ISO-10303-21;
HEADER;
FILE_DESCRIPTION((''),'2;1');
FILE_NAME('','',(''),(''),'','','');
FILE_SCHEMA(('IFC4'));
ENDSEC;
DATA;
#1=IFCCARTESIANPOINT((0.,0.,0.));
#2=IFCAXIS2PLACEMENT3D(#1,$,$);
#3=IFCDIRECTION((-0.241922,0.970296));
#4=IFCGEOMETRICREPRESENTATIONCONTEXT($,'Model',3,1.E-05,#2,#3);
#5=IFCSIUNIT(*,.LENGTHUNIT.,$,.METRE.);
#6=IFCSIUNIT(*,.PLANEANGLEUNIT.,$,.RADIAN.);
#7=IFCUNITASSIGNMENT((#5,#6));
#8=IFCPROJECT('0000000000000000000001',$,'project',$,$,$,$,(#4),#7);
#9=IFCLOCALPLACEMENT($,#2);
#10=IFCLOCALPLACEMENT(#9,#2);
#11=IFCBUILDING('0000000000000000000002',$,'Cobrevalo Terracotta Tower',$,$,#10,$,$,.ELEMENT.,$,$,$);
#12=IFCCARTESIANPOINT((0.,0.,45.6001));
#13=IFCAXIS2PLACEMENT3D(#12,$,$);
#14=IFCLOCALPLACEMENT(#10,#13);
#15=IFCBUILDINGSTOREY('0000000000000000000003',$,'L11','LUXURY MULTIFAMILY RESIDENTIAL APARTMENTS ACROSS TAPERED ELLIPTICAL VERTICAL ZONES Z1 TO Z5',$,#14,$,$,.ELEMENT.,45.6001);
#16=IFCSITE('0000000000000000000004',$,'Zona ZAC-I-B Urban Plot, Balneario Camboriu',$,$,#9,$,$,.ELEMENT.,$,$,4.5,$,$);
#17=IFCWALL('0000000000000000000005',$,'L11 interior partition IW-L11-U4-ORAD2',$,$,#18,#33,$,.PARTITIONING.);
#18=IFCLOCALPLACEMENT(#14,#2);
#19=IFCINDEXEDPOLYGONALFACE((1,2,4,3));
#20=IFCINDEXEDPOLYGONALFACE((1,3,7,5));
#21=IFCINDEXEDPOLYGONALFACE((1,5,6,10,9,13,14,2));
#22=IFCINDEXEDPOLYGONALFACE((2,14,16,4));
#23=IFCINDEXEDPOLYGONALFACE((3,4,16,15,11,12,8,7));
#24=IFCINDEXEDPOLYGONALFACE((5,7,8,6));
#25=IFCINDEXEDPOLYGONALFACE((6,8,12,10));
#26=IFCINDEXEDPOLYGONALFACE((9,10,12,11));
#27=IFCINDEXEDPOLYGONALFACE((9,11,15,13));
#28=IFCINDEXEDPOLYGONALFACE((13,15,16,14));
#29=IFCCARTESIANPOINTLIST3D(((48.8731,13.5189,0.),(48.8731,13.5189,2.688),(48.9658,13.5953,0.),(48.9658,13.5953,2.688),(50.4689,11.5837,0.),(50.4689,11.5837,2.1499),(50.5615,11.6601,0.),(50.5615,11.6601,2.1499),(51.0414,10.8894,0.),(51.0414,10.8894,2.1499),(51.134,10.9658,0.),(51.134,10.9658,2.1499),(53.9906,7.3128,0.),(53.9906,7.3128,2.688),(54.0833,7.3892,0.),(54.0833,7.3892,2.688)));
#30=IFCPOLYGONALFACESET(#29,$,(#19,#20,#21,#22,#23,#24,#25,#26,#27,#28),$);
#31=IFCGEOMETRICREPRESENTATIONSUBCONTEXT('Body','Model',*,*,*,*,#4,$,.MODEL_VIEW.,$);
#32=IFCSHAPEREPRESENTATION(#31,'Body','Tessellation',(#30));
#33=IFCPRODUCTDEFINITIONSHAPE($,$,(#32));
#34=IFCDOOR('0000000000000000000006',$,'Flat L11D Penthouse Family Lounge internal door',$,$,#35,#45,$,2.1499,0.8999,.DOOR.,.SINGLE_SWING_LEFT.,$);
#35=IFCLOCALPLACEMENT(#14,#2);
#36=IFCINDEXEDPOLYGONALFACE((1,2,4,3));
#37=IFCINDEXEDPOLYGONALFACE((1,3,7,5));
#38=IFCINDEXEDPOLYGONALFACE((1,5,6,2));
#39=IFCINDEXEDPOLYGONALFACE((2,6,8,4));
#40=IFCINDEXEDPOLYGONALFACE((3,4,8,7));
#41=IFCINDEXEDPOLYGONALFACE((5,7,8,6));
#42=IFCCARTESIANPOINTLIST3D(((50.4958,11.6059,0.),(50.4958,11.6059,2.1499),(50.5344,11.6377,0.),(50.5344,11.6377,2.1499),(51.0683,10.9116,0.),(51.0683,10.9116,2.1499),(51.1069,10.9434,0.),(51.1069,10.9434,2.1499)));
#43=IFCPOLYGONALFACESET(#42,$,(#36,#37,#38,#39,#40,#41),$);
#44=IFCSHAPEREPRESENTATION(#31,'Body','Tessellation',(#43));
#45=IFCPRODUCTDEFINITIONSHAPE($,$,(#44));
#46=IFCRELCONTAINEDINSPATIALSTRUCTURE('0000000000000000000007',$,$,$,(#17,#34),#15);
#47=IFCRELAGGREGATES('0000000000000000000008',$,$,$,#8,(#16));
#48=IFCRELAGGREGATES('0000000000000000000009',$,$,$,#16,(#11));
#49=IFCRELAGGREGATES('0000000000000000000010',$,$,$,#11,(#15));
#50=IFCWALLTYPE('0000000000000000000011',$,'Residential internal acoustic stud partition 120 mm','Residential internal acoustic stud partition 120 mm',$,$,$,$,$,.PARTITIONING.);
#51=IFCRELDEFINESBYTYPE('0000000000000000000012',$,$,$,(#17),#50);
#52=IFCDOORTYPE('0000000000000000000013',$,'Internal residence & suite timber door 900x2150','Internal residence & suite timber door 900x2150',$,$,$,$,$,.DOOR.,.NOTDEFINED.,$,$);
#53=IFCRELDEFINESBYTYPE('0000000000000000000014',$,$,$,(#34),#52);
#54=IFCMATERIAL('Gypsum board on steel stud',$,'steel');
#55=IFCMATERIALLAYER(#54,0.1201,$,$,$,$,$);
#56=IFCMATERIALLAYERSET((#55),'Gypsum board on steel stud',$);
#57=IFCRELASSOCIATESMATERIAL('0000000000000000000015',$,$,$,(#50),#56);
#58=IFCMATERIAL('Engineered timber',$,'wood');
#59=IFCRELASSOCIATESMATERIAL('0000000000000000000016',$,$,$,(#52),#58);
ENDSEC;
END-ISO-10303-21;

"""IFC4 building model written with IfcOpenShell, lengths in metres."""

from ifc_helpers import new_model, si_unit, direction, frame, frame_2d, origin, place, context, subcontext, project, spatial, rectangle, extrude, source, transform, mapped, material, layer, layer_set, type_object, element, fill, save


model = new_model("IFC4")

# Units and contexts
model_context = context("Model", 3, precision=1e-05, world=origin(), true_north=direction((-0.241922, 0.970296)))
body_context = subcontext(model_context, "Body", "Model", "MODEL_VIEW")
ifc_project = project(units=[si_unit("LENGTHUNIT", "METRE"), si_unit("PLANEANGLEUNIT", "RADIAN")], contexts=[model_context])

# Site, building, storey
site_placement = place(None, origin())
site = spatial("IfcSite", under=ifc_project, at=site_placement, Name="Zona ZAC-I-B Urban Plot, Balneario Camboriu", CompositionType="ELEMENT", RefElevation=4.5)
building_placement = place(site_placement, origin())
building = spatial("IfcBuilding", under=site, at=building_placement, Name="Cobrevalo Terracotta Tower", CompositionType="ELEMENT")
storey_placement = place(building_placement, frame((0.0, 0.0, 45.6001)))
storey = spatial("IfcBuildingStorey", under=building, at=storey_placement, Name="L11", Description="LUXURY MULTIFAMILY RESIDENTIAL APARTMENTS ACROSS TAPERED ELLIPTICAL VERTICAL ZONES Z1 TO Z5", CompositionType="ELEMENT", Elevation=45.6001)

# Shared definitions
ifc_material_1 = material(Name="Gypsum board on steel stud", Category="steel")
ifc_layer_1 = layer(ifc_material_1, 0.1201)
ifc_layer_set_1 = layer_set([ifc_layer_1], Name="Gypsum board on steel stud")
wall_type_1 = type_object("IfcWallType", Name="Residential internal acoustic stud partition 120 mm", Description="Residential internal acoustic stud partition 120 mm", PredefinedType="PARTITIONING", material=ifc_layer_set_1)

# Shared definitions
ifc_material_2 = material(Name="Engineered timber", Category="wood")
door_type_1 = type_object("IfcDoorType", Name="Internal residence & suite timber door 900x2150", Description="Internal residence & suite timber door 900x2150", OperationType="NOTDEFINED", PredefinedType="DOOR", material=ifc_material_2)
shared_shape_1 = source(origin(), body_context, "Body", "SweptSolid", [
    extrude(rectangle(XDim=0.8999, YDim=2.1499, at=frame_2d((0.45, 1.075))), frame((0.0, 0.0249, 0.0), z_axis=(0.0, -1.0, 0.0), x_axis=(1.0, 0.0, 0.0)), (0.0, 0.0, 1.0), 0.05),
])

# Wall, opening, door
wall_1_placement = place(storey_placement, frame((48.9194, 13.5571, 0.0), z_axis=(0.0, 0.0, 1.0), x_axis=(0.636193, -0.77153, 0.0)))
wall_1 = element("IfcWall", 1, at=wall_1_placement, inside=storey, type_object=wall_type_1, Name="L11 interior partition IW-L11-U4-ORAD2", PredefinedType="PARTITIONING", context=body_context, shape_type="SweptSolid", body=[
    extrude(rectangle(XDim=8.0439, YDim=0.1201, at=frame_2d((4.022, 0.0))), origin(), (0.0, 0.0, 1.0), 2.688),
])
opening_1_placement = place(wall_1_placement, frame((2.5083, 0.0, 0.0)))
opening_1 = element("IfcOpeningElement", 2, at=opening_1_placement, cuts=wall_1, PredefinedType="OPENING", context=body_context, shape_type="SweptSolid", body=[
    extrude(rectangle(XDim=0.8999, YDim=2.1499, at=frame_2d((0.45, 1.075))), frame((0.0, 0.0701, 0.0), z_axis=(0.0, -1.0, 0.0), x_axis=(1.0, 0.0, 0.0)), (0.0, 0.0, 1.0), 0.1401),
])
door_1_placement = place(opening_1_placement, origin())
door_1 = element("IfcDoor", 3, at=door_1_placement, inside=storey, type_object=door_type_1, Name="Flat L11D Penthouse Family Lounge internal door", OperationType="SINGLE_SWING_LEFT", OverallHeight=2.1499, OverallWidth=0.8999, PredefinedType="DOOR", context=body_context, shape_type="MappedRepresentation", body=[
    mapped(shared_shape_1, transform((0.0, 0.0, 0.0), scale=1.0)),
])
fill(opening_1, door_1)

save(model, "model.ifc")
